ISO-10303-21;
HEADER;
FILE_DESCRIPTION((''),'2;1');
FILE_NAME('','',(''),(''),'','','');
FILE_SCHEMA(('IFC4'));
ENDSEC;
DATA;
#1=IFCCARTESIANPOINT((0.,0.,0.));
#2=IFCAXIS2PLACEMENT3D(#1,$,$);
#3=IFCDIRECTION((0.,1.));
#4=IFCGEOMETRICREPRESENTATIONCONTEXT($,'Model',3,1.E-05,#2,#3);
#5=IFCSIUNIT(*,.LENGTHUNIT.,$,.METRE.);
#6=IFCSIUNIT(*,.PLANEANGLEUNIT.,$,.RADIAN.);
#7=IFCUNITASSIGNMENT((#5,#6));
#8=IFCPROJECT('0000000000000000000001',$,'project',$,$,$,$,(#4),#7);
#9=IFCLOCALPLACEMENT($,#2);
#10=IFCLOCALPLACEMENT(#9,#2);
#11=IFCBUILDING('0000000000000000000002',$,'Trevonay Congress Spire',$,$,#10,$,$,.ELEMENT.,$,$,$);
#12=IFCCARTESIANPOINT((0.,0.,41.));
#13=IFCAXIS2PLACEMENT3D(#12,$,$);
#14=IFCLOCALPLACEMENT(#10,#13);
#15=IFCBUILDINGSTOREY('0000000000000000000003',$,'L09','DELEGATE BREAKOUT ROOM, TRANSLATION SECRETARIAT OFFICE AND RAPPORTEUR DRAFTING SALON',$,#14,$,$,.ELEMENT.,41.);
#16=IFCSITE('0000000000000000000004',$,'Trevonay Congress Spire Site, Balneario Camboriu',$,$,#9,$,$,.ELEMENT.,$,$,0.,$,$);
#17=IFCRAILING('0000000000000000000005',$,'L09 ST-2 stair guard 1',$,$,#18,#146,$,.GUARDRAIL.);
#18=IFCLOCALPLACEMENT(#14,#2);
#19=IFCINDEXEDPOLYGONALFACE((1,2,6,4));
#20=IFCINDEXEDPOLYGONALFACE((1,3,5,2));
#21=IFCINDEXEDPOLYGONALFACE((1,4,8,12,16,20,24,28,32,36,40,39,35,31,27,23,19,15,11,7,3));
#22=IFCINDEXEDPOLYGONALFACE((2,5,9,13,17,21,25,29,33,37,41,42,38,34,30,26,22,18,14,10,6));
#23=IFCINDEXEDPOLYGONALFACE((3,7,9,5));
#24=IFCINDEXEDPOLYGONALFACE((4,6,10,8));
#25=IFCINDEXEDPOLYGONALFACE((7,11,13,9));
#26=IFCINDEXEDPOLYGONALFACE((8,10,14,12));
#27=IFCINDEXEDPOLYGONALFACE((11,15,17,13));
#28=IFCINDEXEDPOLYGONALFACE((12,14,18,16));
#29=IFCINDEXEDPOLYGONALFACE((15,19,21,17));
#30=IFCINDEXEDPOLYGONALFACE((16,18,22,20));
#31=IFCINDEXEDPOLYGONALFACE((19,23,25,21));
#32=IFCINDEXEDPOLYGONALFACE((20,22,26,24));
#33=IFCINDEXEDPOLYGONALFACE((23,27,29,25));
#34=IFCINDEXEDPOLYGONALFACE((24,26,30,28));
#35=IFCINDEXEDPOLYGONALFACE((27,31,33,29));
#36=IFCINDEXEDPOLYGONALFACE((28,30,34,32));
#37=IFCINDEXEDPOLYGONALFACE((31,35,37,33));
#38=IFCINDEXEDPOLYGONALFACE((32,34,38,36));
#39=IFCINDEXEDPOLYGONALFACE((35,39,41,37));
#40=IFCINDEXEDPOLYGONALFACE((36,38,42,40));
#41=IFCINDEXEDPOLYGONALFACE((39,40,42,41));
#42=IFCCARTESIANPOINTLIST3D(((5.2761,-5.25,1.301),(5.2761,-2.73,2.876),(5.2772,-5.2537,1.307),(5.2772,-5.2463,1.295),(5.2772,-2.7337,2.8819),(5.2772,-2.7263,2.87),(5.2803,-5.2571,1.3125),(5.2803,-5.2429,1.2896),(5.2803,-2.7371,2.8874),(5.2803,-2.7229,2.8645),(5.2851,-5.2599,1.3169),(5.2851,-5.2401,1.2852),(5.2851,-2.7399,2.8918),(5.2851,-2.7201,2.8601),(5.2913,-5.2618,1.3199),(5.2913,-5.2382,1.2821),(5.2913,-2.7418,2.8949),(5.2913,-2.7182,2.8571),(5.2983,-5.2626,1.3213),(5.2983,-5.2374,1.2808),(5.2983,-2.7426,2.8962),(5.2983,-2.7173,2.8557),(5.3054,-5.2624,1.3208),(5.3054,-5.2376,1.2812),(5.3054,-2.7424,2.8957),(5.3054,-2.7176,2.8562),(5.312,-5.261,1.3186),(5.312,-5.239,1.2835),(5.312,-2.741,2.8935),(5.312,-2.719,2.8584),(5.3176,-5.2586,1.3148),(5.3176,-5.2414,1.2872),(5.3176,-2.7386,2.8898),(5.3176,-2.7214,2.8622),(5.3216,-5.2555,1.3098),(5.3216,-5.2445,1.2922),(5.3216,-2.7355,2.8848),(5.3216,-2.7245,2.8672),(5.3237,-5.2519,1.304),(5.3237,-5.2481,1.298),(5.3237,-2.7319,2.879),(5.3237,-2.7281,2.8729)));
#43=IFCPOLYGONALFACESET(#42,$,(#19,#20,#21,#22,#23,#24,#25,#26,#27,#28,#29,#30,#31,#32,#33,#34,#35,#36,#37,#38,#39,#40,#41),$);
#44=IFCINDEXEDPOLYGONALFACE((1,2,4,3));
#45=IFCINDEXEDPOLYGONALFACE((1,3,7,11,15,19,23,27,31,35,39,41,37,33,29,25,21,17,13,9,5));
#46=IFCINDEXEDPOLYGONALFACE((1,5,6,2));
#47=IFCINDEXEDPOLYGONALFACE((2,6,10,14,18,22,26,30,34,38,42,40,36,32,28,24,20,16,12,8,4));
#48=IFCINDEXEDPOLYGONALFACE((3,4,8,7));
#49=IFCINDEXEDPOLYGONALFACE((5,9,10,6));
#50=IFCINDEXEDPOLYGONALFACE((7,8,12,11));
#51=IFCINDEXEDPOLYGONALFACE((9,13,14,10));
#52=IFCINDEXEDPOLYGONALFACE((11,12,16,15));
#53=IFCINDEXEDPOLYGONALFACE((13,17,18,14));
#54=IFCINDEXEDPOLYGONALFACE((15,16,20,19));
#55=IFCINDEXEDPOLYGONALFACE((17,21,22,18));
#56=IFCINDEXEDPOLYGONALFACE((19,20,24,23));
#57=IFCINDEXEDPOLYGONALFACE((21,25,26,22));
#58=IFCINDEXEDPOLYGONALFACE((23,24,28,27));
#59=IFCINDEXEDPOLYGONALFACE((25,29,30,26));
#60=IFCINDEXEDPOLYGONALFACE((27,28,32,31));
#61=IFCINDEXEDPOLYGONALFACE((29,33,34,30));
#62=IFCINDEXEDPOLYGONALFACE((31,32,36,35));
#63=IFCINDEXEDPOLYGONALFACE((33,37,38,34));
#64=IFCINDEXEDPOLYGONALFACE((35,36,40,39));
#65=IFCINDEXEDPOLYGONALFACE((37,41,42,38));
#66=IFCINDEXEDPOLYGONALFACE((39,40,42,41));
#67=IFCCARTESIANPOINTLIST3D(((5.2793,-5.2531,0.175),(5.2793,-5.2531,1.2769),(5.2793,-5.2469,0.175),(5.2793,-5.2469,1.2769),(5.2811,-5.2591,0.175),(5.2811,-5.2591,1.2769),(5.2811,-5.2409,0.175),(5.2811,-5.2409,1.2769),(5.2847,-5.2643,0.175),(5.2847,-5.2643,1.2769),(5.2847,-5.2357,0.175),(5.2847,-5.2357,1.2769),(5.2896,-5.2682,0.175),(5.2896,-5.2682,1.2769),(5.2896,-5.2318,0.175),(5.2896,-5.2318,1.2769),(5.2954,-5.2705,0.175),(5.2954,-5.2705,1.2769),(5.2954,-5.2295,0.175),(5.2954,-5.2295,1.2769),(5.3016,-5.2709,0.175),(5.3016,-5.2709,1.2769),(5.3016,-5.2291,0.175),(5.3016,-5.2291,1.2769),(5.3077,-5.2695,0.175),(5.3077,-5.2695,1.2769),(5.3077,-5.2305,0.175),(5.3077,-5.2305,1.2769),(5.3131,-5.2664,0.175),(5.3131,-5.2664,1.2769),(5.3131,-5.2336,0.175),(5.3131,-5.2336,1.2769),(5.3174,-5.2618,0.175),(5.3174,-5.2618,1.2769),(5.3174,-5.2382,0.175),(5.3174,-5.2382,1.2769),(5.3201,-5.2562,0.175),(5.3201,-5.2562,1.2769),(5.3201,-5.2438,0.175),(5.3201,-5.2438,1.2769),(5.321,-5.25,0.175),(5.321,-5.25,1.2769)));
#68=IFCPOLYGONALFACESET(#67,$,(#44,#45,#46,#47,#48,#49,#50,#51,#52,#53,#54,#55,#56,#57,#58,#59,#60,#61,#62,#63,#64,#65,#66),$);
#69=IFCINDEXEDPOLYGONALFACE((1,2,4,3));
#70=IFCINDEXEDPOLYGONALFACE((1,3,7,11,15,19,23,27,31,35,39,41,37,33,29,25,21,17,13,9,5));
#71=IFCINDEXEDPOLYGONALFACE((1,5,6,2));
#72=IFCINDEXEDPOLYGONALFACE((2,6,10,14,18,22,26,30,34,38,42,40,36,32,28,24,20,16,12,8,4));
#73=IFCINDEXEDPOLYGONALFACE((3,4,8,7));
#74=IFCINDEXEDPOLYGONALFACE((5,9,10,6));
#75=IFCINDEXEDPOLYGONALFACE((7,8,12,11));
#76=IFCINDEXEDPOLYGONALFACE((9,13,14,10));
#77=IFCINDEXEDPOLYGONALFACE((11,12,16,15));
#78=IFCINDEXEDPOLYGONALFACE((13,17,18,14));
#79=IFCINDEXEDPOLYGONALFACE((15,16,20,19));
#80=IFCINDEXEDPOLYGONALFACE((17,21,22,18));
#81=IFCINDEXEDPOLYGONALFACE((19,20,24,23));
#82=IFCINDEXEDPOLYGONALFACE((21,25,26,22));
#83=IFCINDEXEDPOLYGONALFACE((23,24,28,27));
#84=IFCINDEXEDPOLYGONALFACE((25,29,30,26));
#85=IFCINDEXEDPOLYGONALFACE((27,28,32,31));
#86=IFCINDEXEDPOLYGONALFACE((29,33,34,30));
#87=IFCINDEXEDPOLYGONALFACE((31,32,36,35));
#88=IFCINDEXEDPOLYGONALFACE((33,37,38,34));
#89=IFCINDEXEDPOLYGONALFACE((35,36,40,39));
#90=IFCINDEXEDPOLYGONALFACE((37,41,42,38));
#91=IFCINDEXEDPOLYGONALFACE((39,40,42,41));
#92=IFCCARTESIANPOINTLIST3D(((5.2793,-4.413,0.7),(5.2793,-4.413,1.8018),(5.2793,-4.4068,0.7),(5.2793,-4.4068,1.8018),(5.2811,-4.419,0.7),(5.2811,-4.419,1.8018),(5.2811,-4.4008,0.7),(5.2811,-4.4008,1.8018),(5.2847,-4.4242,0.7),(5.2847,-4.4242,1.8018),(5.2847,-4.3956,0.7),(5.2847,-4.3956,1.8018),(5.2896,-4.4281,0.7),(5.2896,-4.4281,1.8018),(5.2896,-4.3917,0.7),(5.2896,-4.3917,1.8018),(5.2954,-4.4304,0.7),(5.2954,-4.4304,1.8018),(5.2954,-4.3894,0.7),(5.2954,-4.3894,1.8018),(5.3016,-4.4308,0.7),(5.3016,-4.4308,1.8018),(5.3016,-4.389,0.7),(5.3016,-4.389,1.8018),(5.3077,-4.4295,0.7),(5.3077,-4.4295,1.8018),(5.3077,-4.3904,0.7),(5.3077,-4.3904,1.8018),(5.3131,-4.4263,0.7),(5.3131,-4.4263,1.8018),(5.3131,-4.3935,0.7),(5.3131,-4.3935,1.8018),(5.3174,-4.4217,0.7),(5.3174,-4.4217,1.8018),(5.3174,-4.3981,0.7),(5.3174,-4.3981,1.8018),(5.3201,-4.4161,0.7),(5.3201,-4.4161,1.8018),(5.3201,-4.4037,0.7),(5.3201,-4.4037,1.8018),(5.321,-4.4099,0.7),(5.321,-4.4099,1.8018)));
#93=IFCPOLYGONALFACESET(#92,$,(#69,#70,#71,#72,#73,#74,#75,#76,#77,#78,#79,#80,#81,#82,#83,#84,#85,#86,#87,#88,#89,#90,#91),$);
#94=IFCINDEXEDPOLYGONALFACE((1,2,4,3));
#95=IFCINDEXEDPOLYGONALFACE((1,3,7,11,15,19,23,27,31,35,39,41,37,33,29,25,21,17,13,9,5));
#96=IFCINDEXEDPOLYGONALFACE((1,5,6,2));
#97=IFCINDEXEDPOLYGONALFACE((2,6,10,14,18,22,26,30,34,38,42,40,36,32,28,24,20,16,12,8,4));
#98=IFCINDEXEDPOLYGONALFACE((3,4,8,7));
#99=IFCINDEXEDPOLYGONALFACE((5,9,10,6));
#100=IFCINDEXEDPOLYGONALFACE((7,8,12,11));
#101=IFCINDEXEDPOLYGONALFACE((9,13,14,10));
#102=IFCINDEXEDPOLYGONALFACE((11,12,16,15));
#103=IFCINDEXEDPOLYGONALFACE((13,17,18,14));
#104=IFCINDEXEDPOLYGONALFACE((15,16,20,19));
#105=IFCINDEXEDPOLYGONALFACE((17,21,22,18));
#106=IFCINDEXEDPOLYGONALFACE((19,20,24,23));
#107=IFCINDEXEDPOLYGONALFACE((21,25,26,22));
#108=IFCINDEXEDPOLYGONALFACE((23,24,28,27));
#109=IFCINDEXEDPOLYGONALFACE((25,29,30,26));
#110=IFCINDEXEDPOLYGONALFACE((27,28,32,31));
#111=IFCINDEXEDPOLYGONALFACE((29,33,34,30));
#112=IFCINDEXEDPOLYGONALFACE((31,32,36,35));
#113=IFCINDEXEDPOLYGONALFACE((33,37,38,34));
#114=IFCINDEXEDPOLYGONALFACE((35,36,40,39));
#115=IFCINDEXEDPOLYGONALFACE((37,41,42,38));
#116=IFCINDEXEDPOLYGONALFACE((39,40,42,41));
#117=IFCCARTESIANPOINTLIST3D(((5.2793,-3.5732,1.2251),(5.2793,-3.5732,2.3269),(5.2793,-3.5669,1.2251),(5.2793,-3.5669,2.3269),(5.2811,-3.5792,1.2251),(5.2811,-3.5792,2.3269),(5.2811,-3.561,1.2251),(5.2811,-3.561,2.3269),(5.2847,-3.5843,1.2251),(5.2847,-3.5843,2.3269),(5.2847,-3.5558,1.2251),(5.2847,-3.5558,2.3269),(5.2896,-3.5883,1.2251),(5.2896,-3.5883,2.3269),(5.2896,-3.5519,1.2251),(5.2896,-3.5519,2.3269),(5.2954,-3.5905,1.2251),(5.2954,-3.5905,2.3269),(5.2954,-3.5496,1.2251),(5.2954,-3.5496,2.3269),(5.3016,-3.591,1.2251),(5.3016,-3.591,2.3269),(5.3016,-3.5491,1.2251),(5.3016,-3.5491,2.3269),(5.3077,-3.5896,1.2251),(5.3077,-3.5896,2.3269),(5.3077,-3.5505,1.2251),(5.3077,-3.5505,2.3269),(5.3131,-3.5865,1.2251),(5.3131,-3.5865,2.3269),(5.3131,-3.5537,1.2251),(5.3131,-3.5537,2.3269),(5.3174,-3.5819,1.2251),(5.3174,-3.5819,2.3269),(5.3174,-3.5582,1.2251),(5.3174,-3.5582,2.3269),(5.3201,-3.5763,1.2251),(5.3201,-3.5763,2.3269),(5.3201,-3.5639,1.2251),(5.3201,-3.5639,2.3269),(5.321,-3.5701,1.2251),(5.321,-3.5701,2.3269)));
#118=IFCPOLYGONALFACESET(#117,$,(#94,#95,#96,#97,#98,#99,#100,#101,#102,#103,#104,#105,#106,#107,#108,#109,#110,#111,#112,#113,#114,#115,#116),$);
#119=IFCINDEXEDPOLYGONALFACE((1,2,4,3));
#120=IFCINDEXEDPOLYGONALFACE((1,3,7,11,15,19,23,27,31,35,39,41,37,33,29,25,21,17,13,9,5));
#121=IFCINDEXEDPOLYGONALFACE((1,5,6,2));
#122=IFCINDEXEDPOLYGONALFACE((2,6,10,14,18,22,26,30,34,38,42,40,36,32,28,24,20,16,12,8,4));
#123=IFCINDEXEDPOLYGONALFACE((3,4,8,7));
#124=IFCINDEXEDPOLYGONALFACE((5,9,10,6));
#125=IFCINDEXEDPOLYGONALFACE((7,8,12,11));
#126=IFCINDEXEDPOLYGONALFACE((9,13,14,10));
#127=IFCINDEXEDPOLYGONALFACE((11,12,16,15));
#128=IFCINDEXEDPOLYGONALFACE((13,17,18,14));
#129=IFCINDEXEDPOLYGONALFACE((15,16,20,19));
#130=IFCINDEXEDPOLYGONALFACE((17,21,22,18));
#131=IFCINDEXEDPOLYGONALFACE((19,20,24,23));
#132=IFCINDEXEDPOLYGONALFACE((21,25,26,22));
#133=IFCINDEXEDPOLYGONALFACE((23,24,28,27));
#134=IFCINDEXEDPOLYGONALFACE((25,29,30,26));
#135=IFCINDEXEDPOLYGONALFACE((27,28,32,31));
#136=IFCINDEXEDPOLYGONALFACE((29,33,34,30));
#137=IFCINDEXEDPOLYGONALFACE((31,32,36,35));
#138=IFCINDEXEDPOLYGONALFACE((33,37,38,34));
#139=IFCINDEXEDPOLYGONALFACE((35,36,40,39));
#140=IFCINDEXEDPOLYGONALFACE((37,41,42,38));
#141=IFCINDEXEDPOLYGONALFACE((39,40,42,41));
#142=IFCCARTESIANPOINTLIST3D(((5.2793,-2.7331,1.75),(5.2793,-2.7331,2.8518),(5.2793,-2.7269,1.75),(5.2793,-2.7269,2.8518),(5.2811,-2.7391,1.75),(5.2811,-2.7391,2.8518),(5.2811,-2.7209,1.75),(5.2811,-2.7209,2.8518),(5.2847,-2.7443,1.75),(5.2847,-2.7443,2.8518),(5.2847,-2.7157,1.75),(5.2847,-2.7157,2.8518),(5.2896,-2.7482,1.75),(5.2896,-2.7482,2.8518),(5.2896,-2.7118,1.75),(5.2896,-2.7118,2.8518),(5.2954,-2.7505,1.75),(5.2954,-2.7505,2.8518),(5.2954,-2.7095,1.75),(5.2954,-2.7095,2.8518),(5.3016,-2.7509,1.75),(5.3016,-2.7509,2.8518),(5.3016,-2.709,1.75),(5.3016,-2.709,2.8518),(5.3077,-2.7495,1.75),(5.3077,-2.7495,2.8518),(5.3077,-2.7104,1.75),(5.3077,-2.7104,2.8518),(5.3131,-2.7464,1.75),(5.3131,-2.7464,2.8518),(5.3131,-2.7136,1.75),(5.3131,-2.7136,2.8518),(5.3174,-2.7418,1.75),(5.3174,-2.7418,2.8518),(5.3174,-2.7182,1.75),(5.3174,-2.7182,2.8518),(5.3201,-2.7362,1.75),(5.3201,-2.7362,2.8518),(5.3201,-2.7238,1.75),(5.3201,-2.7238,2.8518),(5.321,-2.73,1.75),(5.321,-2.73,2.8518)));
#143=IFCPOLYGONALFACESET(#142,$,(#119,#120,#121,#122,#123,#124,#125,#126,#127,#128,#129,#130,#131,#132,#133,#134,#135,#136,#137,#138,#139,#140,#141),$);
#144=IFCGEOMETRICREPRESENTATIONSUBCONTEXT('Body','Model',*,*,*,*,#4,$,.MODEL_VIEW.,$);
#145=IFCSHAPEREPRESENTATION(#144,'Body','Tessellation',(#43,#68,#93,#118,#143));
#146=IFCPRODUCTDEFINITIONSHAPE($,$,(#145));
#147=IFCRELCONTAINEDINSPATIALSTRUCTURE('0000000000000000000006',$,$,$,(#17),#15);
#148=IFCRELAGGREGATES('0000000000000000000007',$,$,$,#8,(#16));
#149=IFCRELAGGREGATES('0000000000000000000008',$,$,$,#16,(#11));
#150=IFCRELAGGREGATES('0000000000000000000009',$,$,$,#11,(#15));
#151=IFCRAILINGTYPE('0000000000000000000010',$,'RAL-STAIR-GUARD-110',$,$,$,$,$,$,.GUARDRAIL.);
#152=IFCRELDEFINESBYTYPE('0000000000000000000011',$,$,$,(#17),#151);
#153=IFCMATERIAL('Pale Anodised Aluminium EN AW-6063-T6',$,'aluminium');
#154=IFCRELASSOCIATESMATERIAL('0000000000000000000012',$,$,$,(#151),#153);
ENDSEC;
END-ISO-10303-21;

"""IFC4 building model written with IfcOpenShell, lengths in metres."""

from ifc_helpers import new_model, si_unit, direction, frame, origin, origin_2d, place, context, subcontext, project, spatial, circle, extrude, material, type_object, element, save


model = new_model("IFC4")

# Units and contexts
model_context = context("Model", 3, precision=1e-05, world=origin(), true_north=direction((0.0, 1.0)))
body_context = subcontext(model_context, "Body", "Model", "MODEL_VIEW")
ifc_project = project(units=[si_unit("LENGTHUNIT", "METRE"), si_unit("PLANEANGLEUNIT", "RADIAN")], contexts=[model_context])

# Site, building, storey
site_placement = place(None, origin())
site = spatial("IfcSite", under=ifc_project, at=site_placement, Name="Trevonay Congress Spire Site, Balneario Camboriu", CompositionType="ELEMENT", RefElevation=0.0)
building_placement = place(site_placement, origin())
building = spatial("IfcBuilding", under=site, at=building_placement, Name="Trevonay Congress Spire", CompositionType="ELEMENT")
storey_placement = place(building_placement, frame((0.0, 0.0, 41.0)))
storey = spatial("IfcBuildingStorey", under=building, at=storey_placement, Name="L09", Description="DELEGATE BREAKOUT ROOM, TRANSLATION SECRETARIAT OFFICE AND RAPPORTEUR DRAFTING SALON", CompositionType="ELEMENT", Elevation=41.0)

# Shared definitions
ifc_material_1 = material(Name="Pale Anodised Aluminium EN AW-6063-T6", Category="aluminium")

# Railing
railing_type = type_object("IfcRailingType", Name="RAL-STAIR-GUARD-110", PredefinedType="GUARDRAIL", material=ifc_material_1)
railing_1_placement = place(storey_placement, frame((5.3, -5.25, 0.175)))
element("IfcRailing", 1, at=railing_1_placement, inside=storey, type_object=railing_type, Name="L09 ST-2 stair guard 1", PredefinedType="GUARDRAIL", context=body_context, shape_type="SweptSolid", body=[
    extrude(circle(Radius=0.0239, at=origin_2d()), frame((0.0, 0.0, 1.126), z_axis=(0.0, 0.848008, 0.529984), x_axis=(-1.0, 0.0, 0.0)), (0.0, 0.0, 1.0), 2.9717),
    extrude(circle(Radius=0.021, at=origin_2d()), origin(), (0.0, 0.0, 1.0), 1.1018),
    extrude(circle(Radius=0.021, at=origin_2d()), frame((0.0, 0.8401, 0.5249)), (0.0, 0.0, 1.0), 1.1018),
    extrude(circle(Radius=0.021, at=origin_2d()), frame((0.0, 1.6799, 1.05)), (0.0, 0.0, 1.0), 1.1018),
    extrude(circle(Radius=0.021, at=origin_2d()), frame((0.0, 2.52, 1.575)), (0.0, 0.0, 1.0), 1.1018),
])

save(model, "model.ifc")
